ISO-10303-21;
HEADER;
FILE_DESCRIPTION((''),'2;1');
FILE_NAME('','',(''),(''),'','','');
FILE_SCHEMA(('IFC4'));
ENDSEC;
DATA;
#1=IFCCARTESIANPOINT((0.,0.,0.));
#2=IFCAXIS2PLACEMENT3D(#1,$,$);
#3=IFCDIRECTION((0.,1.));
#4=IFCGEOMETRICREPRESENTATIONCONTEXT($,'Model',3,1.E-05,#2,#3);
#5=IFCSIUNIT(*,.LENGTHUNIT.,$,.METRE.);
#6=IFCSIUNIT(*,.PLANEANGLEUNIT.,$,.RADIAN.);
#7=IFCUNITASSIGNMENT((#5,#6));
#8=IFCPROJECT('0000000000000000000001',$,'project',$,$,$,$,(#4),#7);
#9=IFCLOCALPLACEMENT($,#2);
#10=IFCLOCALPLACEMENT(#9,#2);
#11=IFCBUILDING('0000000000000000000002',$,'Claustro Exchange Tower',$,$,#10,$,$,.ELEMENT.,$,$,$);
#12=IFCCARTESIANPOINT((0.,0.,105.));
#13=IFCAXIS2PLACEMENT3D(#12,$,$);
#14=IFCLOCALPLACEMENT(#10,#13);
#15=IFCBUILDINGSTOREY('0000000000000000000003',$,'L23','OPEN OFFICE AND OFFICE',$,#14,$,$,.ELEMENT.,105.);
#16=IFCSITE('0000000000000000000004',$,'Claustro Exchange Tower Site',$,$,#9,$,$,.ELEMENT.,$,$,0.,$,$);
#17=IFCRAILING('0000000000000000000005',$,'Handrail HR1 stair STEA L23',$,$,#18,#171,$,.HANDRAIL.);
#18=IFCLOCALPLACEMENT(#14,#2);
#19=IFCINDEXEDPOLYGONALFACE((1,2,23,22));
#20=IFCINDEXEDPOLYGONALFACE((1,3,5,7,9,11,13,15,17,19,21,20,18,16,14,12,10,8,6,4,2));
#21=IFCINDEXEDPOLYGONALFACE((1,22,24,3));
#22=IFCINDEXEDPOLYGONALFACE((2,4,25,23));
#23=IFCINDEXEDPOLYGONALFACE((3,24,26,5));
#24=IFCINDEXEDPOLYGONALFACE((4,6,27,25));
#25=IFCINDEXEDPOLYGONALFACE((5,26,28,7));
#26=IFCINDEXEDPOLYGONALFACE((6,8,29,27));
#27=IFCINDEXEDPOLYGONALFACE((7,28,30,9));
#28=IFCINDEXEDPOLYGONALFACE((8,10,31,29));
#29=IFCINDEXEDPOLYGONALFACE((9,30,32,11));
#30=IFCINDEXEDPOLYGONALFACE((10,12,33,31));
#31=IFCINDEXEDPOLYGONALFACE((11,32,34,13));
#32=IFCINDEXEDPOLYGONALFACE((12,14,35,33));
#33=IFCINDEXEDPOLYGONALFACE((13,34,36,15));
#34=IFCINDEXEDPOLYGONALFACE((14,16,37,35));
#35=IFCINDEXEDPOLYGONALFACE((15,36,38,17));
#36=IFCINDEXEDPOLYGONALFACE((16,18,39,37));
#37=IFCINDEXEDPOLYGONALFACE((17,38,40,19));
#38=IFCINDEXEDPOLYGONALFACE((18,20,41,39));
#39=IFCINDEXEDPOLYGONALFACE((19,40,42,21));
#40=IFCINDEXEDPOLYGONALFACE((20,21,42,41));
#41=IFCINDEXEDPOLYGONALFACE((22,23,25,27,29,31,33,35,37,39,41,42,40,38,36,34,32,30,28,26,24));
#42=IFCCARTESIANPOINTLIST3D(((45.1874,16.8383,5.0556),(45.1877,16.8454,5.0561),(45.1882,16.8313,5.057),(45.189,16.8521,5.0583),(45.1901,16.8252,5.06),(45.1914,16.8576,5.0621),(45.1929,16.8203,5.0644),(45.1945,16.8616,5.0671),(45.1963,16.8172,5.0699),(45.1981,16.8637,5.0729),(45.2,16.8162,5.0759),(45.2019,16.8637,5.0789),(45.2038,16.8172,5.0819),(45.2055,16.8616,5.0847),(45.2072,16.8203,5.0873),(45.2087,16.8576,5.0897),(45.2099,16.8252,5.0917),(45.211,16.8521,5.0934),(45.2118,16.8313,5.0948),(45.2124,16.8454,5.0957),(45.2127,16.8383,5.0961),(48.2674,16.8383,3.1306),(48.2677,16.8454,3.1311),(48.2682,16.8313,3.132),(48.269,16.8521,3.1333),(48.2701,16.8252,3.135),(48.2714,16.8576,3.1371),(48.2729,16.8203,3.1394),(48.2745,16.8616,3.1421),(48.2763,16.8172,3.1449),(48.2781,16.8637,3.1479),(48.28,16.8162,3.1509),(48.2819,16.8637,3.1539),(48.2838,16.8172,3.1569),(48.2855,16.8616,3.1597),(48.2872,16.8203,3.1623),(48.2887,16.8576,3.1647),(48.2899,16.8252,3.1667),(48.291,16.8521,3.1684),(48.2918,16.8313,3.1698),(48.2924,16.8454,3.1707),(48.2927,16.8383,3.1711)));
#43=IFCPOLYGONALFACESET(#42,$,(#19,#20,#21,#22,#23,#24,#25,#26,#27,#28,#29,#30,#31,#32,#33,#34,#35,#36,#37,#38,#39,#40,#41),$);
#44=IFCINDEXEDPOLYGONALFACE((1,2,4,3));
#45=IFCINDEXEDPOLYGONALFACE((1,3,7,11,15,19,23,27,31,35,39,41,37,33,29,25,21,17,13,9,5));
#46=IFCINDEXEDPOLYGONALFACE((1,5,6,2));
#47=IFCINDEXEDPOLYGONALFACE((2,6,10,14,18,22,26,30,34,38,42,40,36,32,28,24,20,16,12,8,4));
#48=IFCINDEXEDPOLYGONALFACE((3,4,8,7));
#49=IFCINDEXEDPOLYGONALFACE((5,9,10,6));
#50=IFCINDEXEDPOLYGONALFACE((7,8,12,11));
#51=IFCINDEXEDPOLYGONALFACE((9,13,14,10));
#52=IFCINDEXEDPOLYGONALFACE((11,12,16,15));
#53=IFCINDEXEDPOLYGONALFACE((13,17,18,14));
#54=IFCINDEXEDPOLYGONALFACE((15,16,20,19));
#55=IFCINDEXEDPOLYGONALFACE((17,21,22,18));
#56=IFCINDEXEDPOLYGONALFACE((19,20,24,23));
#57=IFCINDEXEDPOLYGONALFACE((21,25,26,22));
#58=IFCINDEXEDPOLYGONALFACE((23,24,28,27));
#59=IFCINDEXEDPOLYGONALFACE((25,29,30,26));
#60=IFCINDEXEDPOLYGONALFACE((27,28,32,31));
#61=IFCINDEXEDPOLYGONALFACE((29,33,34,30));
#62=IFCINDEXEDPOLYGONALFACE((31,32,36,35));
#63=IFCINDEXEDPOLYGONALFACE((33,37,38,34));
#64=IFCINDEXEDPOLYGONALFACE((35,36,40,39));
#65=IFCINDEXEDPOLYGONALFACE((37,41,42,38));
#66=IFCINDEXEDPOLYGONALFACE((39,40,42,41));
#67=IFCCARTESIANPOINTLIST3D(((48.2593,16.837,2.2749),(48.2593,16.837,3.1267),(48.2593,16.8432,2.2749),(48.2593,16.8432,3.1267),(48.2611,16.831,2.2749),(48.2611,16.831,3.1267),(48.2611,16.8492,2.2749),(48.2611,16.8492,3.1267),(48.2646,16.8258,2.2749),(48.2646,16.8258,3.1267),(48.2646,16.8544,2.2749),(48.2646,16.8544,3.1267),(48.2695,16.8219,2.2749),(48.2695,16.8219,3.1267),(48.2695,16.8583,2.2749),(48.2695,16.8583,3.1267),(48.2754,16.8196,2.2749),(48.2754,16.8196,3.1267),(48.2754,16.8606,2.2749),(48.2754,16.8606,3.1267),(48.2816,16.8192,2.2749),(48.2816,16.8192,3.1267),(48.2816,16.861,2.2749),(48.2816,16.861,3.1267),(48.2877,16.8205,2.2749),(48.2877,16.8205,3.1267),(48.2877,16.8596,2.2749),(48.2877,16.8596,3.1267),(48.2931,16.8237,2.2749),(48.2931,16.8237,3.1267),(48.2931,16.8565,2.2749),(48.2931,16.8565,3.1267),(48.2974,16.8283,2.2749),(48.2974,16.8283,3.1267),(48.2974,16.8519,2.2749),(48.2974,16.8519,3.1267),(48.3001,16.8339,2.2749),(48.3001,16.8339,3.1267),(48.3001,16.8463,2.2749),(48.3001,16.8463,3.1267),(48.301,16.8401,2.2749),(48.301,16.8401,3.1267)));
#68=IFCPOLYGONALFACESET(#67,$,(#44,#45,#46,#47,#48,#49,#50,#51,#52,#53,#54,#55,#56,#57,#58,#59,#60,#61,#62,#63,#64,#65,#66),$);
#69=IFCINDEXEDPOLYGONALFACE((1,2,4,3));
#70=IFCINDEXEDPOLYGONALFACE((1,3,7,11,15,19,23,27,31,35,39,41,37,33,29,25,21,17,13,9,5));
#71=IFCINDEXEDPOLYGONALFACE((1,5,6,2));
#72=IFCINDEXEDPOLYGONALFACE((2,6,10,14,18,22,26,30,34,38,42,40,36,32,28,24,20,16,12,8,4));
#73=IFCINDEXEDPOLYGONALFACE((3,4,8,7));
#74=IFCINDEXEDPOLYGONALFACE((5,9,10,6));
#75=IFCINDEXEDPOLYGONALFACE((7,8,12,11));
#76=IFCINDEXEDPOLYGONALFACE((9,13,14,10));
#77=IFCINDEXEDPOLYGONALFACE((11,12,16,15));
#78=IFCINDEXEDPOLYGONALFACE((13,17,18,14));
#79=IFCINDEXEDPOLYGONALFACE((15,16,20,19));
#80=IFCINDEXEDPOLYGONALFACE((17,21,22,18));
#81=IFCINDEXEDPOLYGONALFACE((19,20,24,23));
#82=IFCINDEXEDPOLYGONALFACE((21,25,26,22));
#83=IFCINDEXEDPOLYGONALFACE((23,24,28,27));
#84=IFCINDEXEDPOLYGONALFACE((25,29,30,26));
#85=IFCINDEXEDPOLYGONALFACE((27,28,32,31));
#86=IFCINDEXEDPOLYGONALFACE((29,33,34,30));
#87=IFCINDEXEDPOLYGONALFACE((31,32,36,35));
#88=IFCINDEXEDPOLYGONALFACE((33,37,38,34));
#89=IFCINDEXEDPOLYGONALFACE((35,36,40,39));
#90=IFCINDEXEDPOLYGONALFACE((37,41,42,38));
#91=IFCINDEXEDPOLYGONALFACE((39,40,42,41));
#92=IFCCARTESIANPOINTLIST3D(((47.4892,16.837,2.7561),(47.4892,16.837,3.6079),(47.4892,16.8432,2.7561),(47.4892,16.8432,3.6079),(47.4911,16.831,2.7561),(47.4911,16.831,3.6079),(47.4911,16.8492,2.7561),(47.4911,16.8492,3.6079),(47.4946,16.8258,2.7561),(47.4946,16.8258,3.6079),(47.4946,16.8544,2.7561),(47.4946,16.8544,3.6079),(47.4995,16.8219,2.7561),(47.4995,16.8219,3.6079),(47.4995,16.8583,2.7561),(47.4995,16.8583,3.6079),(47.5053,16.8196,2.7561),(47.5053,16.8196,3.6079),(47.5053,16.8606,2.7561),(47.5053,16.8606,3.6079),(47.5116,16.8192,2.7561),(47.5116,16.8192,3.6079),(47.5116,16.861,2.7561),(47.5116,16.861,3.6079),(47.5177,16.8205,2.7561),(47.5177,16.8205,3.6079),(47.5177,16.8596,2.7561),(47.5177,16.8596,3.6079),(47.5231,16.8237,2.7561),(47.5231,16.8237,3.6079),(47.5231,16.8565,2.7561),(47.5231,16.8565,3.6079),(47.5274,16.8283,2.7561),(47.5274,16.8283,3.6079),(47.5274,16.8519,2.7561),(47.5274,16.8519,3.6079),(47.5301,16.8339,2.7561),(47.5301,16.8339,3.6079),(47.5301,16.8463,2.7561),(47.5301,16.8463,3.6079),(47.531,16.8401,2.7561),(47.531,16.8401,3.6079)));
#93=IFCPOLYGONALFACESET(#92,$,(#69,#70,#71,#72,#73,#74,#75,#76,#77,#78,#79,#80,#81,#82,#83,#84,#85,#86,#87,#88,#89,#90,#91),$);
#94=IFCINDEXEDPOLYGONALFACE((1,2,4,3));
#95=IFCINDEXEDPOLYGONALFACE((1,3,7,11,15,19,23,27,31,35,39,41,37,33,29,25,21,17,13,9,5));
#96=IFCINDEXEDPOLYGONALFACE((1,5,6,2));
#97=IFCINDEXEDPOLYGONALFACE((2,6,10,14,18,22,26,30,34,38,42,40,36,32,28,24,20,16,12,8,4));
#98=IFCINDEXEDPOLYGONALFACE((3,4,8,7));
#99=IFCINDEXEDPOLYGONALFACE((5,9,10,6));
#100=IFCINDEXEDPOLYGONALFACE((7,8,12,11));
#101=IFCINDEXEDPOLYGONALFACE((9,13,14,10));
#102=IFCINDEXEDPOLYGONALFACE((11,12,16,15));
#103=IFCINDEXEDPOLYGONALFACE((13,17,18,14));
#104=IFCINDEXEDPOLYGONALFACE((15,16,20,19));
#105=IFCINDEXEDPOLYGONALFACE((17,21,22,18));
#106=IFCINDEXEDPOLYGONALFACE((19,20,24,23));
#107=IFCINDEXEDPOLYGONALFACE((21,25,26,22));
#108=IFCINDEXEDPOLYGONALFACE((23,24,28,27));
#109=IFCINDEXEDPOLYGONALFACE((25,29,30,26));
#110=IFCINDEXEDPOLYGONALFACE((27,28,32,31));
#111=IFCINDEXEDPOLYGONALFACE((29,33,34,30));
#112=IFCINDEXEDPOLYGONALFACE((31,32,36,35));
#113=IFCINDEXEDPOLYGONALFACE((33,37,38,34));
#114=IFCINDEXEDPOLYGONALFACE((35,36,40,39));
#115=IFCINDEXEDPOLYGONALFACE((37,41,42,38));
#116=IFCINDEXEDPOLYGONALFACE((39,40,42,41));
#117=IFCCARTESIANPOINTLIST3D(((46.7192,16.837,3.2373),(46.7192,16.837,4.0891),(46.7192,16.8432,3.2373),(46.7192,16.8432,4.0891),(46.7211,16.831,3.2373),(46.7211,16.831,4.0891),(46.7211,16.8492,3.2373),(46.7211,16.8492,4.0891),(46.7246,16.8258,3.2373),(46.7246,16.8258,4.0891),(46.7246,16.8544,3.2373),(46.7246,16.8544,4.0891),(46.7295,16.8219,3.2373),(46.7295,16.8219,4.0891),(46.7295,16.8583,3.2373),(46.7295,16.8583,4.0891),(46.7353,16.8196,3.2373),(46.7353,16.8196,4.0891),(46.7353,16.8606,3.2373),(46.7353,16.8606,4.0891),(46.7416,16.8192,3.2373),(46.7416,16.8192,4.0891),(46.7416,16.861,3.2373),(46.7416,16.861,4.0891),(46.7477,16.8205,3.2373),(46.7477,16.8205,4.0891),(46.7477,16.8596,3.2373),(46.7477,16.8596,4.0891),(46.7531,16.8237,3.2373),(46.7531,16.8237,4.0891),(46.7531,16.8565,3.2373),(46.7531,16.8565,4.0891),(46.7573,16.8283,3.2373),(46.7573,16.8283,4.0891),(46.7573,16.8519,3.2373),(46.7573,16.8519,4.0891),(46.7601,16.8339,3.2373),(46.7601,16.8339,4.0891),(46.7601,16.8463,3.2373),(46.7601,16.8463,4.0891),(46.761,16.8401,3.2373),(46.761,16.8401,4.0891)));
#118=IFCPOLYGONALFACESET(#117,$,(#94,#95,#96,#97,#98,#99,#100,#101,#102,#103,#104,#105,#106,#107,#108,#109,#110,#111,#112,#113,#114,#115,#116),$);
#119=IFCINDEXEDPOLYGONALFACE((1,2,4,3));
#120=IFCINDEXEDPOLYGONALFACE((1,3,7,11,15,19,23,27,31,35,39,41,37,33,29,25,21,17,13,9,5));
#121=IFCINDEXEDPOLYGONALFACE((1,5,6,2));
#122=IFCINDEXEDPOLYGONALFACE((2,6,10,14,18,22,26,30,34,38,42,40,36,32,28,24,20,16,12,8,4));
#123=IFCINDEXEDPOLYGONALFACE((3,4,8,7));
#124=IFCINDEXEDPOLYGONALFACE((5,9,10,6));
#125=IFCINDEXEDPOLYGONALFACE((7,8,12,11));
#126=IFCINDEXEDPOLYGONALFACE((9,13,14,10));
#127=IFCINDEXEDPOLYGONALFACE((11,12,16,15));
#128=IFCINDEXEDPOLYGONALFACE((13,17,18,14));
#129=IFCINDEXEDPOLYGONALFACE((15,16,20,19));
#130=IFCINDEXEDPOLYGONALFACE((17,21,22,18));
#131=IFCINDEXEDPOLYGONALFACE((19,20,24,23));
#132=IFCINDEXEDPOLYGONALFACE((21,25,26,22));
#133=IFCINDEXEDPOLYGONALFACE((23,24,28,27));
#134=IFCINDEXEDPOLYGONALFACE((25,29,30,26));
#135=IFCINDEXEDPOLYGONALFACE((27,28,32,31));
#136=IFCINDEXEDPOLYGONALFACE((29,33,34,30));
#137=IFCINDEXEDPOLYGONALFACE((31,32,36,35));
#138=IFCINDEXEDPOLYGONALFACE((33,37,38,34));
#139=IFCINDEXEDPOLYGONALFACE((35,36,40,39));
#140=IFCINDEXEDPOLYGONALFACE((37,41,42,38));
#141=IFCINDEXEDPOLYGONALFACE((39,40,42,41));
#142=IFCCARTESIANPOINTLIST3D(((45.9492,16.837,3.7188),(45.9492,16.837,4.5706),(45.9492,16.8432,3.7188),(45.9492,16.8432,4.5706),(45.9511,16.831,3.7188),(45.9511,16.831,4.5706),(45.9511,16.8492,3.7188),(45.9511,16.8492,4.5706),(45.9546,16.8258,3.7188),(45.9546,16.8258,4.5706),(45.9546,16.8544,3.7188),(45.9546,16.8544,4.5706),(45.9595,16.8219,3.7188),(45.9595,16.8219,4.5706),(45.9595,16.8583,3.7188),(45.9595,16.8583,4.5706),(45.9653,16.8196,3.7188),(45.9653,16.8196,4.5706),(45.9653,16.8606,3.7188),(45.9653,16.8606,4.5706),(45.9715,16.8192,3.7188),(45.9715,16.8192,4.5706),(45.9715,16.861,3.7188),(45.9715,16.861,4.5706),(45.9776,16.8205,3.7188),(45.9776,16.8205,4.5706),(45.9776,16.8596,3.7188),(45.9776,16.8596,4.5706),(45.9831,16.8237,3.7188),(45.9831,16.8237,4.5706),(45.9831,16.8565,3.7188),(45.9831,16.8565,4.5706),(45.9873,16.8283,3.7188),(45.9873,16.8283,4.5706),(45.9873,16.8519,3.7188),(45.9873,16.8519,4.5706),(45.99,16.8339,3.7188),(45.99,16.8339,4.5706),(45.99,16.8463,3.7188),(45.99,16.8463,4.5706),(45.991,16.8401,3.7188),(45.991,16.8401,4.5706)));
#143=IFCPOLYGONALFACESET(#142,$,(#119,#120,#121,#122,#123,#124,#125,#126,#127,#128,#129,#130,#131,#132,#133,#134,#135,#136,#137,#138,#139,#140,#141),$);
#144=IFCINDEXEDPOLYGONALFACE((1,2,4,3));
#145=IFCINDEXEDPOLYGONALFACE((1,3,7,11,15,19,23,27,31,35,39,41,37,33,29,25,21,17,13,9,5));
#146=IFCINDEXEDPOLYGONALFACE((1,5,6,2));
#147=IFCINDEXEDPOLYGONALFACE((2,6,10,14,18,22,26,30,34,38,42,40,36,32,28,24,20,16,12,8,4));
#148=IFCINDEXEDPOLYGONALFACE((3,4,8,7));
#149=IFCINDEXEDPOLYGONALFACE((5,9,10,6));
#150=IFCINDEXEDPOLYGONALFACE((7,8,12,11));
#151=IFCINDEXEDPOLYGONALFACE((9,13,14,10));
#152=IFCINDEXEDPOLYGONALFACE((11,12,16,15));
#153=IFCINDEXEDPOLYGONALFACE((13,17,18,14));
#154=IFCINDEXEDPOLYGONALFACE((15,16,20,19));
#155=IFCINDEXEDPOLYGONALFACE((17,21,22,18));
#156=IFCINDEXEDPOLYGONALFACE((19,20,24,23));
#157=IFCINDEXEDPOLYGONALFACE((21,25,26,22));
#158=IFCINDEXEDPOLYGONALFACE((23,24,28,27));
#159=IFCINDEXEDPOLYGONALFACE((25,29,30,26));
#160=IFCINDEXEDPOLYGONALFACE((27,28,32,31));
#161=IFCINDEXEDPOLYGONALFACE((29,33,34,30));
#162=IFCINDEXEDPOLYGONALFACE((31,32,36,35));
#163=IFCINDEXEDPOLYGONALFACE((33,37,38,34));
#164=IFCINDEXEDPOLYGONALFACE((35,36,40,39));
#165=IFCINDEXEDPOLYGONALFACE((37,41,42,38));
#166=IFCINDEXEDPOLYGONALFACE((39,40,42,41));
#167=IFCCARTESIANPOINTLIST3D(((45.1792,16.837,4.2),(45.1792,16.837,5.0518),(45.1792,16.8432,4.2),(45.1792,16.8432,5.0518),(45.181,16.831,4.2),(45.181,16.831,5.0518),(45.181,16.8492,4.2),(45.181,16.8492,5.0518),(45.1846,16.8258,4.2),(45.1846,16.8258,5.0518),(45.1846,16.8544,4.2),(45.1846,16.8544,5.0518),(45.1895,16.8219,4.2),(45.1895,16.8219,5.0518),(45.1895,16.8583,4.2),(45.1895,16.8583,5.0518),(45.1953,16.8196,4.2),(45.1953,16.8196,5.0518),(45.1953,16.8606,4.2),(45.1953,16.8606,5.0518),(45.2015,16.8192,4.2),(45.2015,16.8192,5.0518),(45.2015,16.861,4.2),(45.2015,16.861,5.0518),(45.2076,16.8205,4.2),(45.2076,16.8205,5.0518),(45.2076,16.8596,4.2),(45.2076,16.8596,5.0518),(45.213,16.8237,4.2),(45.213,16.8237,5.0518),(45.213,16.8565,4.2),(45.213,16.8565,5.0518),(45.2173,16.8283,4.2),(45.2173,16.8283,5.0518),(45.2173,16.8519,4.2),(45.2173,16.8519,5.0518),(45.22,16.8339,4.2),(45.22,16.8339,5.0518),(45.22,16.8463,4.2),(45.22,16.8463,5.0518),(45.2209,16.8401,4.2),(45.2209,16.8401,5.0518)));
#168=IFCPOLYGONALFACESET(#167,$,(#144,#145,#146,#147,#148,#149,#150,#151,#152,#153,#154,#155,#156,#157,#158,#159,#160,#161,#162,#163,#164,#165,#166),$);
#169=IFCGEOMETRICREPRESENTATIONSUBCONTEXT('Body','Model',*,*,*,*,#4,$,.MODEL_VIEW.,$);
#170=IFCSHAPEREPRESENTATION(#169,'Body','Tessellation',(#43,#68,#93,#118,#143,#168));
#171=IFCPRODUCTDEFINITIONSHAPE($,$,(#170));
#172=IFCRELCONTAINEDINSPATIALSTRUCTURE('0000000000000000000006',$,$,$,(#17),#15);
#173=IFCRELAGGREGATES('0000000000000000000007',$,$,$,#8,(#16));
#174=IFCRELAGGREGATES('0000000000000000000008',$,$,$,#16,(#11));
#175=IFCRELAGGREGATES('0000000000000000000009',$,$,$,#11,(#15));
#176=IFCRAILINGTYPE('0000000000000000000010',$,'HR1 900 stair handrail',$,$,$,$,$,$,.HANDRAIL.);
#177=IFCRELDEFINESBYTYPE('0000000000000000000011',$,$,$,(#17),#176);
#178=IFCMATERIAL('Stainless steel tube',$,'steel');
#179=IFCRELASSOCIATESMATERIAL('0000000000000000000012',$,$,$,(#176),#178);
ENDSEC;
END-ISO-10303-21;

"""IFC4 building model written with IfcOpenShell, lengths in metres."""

from ifc_helpers import new_model, si_unit, direction, frame, origin, origin_2d, place, context, subcontext, project, spatial, circle, extrude, material, type_object, element, save


model = new_model("IFC4")

# Units and contexts
model_context = context("Model", 3, precision=1e-05, world=origin(), true_north=direction((0.0, 1.0)))
body_context = subcontext(model_context, "Body", "Model", "MODEL_VIEW")
ifc_project = project(units=[si_unit("LENGTHUNIT", "METRE"), si_unit("PLANEANGLEUNIT", "RADIAN")], contexts=[model_context])

# Site, building, storey
site_placement = place(None, origin())
site = spatial("IfcSite", under=ifc_project, at=site_placement, Name="Claustro Exchange Tower Site", CompositionType="ELEMENT", RefElevation=0.0)
building_placement = place(site_placement, origin())
building = spatial("IfcBuilding", under=site, at=building_placement, Name="Claustro Exchange Tower", CompositionType="ELEMENT")
storey_placement = place(building_placement, frame((0.0, 0.0, 105.0)))
storey = spatial("IfcBuildingStorey", under=building, at=storey_placement, Name="L23", Description="OPEN OFFICE AND OFFICE", CompositionType="ELEMENT", Elevation=105.0)

# Railing
ifc_material_1 = material(Name="Stainless steel tube", Category="steel")
railing_type_1 = type_object("IfcRailingType", Name="HR1 900 stair handrail", PredefinedType="HANDRAIL", material=ifc_material_1)
railing_1_placement = place(storey_placement, frame((48.28, 16.8401, 2.2749)))
element("IfcRailing", 1, at=railing_1_placement, inside=storey, type_object=railing_type_1, Name="Handrail HR1 stair STEA L23", PredefinedType="HANDRAIL", context=body_context, shape_type="SweptSolid", body=[
    extrude(circle(Radius=0.0239, at=origin_2d()), frame((0.0, 0.0, 0.876), z_axis=(-0.847998, 0.0, 0.529999), x_axis=(0.0, -1.0, 0.0)), (0.0, 0.0, 1.0), 3.6321),
    extrude(circle(Radius=0.021, at=origin_2d()), origin(), (0.0, 0.0, 1.0), 0.8518),
    extrude(circle(Radius=0.021, at=origin_2d()), frame((-0.77, 0.0, 0.4812)), (0.0, 0.0, 1.0), 0.8518),
    extrude(circle(Radius=0.021, at=origin_2d()), frame((-1.54, 0.0, 0.9624)), (0.0, 0.0, 1.0), 0.8518),
    extrude(circle(Radius=0.021, at=origin_2d()), frame((-2.3101, 0.0, 1.4438)), (0.0, 0.0, 1.0), 0.8518),
    extrude(circle(Radius=0.021, at=origin_2d()), frame((-3.0801, 0.0, 1.925)), (0.0, 0.0, 1.0), 0.8518),
])

save(model, "model.ifc")
